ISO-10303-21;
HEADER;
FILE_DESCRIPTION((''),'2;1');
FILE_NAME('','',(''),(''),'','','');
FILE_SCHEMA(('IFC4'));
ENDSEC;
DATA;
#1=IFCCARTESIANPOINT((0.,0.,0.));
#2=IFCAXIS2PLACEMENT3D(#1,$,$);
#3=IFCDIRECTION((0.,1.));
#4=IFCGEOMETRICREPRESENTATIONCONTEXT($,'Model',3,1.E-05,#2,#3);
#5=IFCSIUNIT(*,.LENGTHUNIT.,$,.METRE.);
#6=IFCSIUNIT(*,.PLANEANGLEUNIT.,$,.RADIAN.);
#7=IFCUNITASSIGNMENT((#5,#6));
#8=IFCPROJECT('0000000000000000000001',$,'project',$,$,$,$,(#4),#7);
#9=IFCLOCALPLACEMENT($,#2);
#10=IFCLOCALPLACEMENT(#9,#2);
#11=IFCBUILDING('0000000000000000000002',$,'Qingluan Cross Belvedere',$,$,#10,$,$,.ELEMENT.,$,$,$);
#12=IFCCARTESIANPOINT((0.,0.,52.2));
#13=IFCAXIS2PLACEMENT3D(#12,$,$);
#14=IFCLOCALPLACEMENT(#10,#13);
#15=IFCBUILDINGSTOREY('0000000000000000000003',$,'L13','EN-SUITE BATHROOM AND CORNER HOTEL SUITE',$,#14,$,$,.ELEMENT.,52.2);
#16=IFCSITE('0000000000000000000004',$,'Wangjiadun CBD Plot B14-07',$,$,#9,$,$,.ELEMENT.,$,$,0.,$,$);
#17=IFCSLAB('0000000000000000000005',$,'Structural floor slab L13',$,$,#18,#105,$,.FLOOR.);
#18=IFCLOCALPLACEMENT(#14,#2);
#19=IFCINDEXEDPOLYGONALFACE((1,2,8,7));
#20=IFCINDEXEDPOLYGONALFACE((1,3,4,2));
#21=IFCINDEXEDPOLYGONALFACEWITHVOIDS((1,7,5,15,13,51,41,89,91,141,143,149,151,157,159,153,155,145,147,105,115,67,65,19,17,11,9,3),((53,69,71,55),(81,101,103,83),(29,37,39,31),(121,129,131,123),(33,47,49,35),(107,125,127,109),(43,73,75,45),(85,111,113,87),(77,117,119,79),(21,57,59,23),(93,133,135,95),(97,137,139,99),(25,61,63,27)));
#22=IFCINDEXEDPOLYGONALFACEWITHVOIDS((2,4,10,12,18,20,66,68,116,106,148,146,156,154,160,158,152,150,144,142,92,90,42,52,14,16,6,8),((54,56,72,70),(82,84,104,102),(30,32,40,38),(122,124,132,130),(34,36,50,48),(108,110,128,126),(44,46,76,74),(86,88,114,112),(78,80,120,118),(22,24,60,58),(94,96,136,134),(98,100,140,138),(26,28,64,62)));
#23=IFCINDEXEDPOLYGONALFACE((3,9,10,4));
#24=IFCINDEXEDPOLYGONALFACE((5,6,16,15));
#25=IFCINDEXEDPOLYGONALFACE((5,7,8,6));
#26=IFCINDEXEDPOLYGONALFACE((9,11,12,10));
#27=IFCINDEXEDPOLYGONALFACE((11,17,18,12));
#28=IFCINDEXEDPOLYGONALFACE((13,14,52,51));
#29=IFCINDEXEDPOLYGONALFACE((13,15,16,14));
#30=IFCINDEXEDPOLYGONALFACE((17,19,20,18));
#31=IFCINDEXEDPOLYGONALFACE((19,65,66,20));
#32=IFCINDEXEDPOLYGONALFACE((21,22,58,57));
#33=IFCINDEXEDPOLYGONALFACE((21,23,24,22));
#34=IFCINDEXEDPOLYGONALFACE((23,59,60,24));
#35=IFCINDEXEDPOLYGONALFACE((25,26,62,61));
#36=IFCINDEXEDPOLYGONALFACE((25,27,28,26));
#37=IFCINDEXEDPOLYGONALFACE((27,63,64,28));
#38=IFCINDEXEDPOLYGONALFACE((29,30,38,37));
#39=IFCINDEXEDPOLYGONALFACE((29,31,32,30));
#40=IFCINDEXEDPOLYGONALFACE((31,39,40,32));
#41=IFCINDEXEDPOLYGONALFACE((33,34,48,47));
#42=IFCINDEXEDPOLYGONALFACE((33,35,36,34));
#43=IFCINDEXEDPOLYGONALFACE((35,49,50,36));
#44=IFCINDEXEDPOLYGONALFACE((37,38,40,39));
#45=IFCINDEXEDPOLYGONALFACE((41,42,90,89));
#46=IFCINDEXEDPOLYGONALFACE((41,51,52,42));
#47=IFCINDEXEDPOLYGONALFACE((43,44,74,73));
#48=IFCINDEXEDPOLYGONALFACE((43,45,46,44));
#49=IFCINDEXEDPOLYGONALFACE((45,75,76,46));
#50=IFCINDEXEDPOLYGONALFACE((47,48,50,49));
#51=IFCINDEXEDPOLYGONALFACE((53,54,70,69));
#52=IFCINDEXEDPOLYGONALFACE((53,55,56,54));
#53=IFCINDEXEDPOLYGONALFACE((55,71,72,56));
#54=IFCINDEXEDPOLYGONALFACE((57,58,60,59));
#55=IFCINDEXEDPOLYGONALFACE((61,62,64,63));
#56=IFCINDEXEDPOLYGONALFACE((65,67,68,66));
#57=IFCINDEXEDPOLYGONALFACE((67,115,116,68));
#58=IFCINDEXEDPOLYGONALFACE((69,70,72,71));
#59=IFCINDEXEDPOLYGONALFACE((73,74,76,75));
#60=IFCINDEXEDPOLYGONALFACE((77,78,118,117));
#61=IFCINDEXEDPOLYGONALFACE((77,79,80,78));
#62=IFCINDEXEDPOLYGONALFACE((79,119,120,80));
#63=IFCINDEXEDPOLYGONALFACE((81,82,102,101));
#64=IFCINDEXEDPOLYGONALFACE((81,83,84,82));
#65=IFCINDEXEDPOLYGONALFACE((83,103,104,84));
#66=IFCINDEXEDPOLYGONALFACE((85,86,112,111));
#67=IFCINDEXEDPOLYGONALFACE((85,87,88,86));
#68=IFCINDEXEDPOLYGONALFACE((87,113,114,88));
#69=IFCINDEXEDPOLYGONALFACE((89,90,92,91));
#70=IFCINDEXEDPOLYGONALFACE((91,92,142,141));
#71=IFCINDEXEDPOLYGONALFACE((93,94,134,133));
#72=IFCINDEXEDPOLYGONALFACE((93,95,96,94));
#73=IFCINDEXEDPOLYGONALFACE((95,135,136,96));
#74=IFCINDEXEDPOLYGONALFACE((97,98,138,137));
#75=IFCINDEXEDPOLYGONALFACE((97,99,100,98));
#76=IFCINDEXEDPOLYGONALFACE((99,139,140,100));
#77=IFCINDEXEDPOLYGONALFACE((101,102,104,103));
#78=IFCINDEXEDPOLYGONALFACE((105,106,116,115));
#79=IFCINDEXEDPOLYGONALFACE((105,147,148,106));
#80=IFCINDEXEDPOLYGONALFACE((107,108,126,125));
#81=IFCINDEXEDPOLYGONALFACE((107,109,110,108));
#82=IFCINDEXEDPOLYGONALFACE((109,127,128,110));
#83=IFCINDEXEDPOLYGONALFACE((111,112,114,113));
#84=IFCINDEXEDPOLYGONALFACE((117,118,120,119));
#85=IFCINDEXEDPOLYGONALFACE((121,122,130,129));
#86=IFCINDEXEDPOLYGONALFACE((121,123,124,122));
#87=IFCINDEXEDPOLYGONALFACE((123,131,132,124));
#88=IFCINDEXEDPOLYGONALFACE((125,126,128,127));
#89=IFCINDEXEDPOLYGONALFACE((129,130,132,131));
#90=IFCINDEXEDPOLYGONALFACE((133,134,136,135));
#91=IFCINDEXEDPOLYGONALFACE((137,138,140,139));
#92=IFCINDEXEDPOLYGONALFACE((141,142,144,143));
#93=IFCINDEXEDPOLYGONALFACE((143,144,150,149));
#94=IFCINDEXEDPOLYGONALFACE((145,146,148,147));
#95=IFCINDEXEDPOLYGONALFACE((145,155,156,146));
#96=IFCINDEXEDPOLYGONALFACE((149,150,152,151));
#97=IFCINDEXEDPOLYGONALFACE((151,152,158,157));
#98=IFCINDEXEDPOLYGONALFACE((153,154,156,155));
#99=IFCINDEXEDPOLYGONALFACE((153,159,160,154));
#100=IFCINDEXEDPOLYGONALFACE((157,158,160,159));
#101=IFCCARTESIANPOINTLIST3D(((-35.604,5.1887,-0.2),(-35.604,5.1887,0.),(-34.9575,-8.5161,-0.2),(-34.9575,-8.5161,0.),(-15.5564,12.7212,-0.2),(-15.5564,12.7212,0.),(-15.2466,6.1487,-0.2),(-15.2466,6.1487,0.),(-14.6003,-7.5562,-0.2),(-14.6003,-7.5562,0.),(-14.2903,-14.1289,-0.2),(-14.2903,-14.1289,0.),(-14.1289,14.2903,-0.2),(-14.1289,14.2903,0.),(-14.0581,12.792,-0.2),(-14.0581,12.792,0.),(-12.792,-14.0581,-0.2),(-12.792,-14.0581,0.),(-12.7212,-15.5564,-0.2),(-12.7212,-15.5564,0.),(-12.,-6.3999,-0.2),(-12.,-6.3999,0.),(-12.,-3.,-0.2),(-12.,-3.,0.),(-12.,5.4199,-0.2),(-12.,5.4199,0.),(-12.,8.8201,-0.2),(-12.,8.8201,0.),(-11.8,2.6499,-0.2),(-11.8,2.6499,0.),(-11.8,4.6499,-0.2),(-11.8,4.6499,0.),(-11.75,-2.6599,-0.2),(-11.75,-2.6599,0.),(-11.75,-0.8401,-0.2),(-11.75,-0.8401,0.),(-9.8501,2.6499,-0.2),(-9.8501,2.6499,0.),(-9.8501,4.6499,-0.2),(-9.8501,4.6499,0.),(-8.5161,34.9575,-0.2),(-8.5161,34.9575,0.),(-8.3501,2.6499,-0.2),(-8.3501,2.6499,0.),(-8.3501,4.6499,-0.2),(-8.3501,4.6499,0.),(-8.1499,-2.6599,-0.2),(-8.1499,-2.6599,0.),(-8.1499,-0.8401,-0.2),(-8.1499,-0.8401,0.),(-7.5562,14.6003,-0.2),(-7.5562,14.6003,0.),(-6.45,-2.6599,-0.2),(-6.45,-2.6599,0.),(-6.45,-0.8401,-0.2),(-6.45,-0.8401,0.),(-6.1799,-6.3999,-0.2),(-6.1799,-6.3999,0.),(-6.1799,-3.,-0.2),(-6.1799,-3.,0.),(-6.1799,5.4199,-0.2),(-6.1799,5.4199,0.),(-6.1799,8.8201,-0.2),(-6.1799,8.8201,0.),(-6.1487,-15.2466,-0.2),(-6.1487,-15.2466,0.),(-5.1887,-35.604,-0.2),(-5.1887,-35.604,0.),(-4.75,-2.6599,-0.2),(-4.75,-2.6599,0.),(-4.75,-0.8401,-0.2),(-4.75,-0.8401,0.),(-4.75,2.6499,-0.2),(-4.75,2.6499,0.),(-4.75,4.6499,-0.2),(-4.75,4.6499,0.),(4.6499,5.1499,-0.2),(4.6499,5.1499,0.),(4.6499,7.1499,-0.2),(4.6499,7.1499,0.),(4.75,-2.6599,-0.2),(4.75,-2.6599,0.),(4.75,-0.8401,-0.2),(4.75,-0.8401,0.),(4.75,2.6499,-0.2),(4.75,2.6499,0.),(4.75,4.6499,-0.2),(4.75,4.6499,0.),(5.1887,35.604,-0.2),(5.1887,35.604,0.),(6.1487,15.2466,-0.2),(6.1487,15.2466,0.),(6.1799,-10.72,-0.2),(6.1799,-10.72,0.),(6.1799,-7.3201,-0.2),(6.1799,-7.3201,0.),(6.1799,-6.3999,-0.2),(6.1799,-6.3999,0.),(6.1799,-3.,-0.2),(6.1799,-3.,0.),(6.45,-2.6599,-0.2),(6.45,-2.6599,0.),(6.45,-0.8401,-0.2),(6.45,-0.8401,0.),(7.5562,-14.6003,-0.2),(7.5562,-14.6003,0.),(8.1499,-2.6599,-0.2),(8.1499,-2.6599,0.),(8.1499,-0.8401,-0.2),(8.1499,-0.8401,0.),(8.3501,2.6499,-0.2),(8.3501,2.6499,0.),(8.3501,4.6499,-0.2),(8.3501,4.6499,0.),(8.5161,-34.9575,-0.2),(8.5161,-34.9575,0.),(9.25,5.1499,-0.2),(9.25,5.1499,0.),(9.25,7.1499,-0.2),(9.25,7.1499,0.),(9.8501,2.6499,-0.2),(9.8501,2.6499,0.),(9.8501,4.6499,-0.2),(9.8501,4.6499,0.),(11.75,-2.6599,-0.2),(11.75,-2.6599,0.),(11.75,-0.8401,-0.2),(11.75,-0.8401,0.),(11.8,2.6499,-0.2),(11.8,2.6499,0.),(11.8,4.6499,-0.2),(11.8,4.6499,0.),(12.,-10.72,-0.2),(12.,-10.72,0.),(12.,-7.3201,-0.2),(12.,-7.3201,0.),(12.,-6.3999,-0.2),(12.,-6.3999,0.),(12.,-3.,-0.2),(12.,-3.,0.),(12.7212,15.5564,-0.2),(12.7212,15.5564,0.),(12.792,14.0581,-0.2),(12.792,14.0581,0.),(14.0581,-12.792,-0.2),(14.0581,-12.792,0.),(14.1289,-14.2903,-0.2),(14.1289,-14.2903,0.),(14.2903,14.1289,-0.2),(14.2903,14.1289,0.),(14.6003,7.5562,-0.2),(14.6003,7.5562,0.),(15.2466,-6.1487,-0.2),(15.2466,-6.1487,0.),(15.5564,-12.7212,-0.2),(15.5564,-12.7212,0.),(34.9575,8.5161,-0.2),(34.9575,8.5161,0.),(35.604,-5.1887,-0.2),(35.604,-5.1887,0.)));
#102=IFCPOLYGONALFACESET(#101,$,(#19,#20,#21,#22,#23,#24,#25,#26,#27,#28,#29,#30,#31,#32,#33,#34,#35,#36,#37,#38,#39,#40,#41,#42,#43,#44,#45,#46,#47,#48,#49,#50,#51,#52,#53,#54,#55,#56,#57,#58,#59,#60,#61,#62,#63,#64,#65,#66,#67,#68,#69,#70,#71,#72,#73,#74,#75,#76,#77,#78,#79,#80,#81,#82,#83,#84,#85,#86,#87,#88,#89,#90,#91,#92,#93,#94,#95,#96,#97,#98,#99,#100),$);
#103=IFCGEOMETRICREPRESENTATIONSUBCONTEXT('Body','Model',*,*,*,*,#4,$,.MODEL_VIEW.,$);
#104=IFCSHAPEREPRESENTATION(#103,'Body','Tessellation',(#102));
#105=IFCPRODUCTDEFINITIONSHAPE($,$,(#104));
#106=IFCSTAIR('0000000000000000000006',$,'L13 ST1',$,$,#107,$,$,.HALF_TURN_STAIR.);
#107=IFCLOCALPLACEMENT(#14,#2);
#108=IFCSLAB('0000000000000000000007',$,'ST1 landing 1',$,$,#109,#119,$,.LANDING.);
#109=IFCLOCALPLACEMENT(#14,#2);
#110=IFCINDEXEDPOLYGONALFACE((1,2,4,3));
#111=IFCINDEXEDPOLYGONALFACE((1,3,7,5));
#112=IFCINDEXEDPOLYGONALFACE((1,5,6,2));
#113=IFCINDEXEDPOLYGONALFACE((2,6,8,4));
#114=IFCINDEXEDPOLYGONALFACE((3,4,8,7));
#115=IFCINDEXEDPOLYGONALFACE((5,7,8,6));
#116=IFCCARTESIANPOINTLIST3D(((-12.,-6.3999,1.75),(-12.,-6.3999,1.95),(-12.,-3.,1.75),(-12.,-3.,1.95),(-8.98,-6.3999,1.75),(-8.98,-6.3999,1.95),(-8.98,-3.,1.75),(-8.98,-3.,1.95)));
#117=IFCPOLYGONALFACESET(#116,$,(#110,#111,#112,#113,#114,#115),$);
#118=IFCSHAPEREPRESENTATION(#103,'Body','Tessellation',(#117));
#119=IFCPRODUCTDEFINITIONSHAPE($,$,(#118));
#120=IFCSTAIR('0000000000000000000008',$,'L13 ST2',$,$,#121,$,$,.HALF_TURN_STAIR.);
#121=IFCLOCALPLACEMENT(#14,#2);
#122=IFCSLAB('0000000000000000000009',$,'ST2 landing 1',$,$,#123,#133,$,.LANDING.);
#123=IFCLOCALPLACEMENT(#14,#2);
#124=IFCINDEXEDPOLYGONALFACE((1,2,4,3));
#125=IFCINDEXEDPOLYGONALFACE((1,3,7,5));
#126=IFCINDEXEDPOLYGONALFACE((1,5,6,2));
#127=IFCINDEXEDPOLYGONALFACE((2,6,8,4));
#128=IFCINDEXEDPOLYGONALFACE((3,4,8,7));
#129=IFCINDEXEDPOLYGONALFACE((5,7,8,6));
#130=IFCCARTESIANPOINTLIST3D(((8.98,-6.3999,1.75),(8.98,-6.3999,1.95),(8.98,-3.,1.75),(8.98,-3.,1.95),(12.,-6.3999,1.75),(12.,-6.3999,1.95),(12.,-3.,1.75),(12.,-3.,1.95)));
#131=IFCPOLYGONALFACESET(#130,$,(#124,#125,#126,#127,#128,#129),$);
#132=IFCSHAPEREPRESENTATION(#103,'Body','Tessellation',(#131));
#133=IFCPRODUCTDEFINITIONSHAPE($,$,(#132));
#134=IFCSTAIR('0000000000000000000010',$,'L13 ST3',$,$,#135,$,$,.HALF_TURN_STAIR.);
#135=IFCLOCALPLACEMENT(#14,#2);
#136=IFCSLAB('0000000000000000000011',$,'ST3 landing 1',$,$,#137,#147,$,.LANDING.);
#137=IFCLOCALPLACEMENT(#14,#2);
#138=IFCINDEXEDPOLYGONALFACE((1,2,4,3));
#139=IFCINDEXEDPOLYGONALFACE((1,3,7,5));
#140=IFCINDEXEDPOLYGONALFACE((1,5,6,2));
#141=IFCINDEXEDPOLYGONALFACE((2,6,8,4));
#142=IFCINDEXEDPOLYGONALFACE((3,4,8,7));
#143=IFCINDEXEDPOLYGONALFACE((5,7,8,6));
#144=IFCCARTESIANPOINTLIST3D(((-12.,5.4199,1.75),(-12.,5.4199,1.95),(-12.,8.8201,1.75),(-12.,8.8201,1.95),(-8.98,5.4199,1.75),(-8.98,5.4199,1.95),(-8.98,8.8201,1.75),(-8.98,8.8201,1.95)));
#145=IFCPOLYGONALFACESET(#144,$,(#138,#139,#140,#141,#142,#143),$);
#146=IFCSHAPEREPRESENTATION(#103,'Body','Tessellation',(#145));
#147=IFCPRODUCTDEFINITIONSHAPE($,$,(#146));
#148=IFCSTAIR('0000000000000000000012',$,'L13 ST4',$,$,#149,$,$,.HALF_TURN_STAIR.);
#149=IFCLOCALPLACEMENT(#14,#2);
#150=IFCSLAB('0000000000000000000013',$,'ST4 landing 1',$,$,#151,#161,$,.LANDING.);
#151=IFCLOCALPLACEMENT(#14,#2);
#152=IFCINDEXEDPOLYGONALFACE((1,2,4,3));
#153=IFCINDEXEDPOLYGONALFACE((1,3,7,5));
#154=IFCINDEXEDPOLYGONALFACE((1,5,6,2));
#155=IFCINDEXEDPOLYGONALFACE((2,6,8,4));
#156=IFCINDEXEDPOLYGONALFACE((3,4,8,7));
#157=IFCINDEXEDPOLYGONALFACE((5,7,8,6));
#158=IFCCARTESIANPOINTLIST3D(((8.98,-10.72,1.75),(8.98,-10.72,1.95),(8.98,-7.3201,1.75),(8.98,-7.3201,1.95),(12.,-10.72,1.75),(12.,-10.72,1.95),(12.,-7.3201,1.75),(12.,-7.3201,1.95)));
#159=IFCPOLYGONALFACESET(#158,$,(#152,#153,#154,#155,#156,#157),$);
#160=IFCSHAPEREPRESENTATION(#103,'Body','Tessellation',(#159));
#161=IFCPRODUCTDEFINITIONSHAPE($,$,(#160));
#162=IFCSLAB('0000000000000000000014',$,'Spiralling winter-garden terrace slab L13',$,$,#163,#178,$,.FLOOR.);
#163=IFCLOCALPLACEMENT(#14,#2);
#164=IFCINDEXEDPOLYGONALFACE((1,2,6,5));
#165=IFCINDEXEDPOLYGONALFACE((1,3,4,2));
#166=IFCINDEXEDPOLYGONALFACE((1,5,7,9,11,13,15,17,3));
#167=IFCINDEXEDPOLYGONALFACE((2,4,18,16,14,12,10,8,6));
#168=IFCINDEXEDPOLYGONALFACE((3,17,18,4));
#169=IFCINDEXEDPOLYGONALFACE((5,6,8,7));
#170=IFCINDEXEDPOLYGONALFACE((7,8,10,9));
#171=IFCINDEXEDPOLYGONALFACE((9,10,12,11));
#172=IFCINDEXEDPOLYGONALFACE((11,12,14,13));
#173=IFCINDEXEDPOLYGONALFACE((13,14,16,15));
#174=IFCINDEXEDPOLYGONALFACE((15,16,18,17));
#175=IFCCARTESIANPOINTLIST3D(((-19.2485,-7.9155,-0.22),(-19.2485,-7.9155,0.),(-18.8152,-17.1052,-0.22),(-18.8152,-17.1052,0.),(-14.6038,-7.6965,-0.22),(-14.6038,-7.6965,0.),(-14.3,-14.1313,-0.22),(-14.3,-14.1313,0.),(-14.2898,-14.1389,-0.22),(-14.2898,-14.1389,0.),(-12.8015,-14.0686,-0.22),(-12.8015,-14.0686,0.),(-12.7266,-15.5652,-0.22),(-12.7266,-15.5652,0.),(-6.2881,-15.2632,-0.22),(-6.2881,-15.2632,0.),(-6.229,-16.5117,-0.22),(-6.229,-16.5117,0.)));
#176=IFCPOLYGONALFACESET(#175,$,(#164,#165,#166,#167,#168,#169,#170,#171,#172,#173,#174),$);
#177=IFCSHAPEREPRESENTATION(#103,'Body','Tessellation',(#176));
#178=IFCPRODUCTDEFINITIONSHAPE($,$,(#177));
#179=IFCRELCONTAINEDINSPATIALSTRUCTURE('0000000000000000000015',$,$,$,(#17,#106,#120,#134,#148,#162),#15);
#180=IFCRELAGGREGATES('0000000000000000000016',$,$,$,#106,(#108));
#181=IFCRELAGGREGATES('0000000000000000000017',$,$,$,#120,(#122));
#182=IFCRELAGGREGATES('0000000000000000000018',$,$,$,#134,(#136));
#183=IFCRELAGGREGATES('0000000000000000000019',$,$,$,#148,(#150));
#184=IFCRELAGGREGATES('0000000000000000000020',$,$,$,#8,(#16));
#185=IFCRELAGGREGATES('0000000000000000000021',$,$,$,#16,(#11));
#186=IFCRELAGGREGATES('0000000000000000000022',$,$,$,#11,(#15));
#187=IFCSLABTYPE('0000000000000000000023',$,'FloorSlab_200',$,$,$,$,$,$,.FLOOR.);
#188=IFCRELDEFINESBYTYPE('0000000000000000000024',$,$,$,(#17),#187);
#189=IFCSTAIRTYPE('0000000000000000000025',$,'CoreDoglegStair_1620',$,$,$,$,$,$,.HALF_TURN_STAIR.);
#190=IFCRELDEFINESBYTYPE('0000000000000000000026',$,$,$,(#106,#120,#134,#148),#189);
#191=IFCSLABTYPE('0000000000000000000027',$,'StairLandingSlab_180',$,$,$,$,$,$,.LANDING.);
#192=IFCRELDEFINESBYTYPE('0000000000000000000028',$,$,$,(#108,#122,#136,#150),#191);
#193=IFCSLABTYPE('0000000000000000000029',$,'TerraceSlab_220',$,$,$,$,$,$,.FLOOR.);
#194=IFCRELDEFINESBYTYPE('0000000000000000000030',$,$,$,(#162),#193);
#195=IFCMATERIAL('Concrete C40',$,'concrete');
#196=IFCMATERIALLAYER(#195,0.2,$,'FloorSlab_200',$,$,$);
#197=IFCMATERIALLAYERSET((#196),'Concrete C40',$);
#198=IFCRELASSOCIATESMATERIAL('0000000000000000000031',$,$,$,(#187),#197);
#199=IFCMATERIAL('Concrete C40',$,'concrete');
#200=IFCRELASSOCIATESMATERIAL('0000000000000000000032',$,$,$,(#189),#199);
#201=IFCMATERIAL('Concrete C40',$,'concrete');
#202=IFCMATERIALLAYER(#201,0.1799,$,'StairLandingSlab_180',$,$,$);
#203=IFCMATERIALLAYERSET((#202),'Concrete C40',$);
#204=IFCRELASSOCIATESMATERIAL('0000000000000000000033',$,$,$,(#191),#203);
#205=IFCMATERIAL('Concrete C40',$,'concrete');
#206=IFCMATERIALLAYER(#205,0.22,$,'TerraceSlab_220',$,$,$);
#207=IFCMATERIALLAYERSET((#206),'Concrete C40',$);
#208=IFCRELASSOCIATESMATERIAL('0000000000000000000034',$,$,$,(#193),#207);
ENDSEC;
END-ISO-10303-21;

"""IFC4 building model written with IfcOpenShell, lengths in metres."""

from ifc_helpers import new_model, si_unit, direction, frame, origin, place, context, subcontext, project, spatial, polyline, outline, extrude, material, layer, layer_set, type_object, element, aggregate, save


model = new_model("IFC4")

# Units and contexts
model_context = context("Model", 3, precision=1e-05, world=origin(), true_north=direction((0.0, 1.0)))
body_context = subcontext(model_context, "Body", "Model", "MODEL_VIEW")
ifc_project = project(units=[si_unit("LENGTHUNIT", "METRE"), si_unit("PLANEANGLEUNIT", "RADIAN")], contexts=[model_context])

# Site, building, storey
site_placement = place(None, origin())
site = spatial("IfcSite", under=ifc_project, at=site_placement, Name="Wangjiadun CBD Plot B14-07", CompositionType="ELEMENT", RefElevation=0.0)
building_placement = place(site_placement, origin())
building = spatial("IfcBuilding", under=site, at=building_placement, Name="Qingluan Cross Belvedere", CompositionType="ELEMENT")
storey_placement = place(building_placement, frame((0.0, 0.0, 52.2)))
storey = spatial("IfcBuildingStorey", under=building, at=storey_placement, Name="L13", Description="EN-SUITE BATHROOM AND CORNER HOTEL SUITE", CompositionType="ELEMENT", Elevation=52.2)

# Slab
ifc_material_1 = material(Name="Concrete C40", Category="concrete")
ifc_layer_1 = layer(ifc_material_1, 0.2, Name="FloorSlab_200")
ifc_layer_set_1 = layer_set([ifc_layer_1], Name="Concrete C40")
slab_type_1 = type_object("IfcSlabType", Name="FloorSlab_200", PredefinedType="FLOOR", material=ifc_layer_set_1)
slab_1_placement = place(storey_placement, frame((0.0, 0.0, -0.2)))
element("IfcSlab", 1, at=slab_1_placement, inside=storey, type_object=slab_type_1, Name="Structural floor slab L13", PredefinedType="FLOOR", context=body_context, shape_type="SweptSolid", body=[
    extrude(outline(polyline([(8.5161, -34.9575), (7.5562, -14.6003), (14.1289, -14.2903), (14.0581, -12.792), (15.5564, -12.7212), (15.2466, -6.1487), (35.604, -5.1887), (34.9575, 8.5161), (14.6003, 7.5562), (14.2903, 14.1289), (12.792, 14.0581), (12.7212, 15.5564), (6.1487, 15.2466), (5.1887, 35.604), (-8.5161, 34.9575), (-7.5562, 14.6003), (-14.1289, 14.2903), (-14.0581, 12.792), (-15.5564, 12.7212), (-15.2466, 6.1487), (-35.604, 5.1887), (-34.9575, -8.5161), (-14.6003, -7.5562), (-14.2903, -14.1289), (-12.792, -14.0581), (-12.7212, -15.5564), (-6.1487, -15.2466), (-5.1887, -35.604), (8.5161, -34.9575)]), holes=[polyline([(-12.0, -3.0), (-6.1799, -3.0), (-6.1799, -6.3999), (-12.0, -6.3999), (-12.0, -3.0)]), polyline([(6.1799, -3.0), (12.0, -3.0), (12.0, -6.3999), (6.1799, -6.3999), (6.1799, -3.0)]), polyline([(-12.0, 8.8201), (-6.1799, 8.8201), (-6.1799, 5.4199), (-12.0, 5.4199), (-12.0, 8.8201)]), polyline([(6.1799, -7.3201), (12.0, -7.3201), (12.0, -10.72), (6.1799, -10.72), (6.1799, -7.3201)]), polyline([(-11.8, 4.6499), (-9.8501, 4.6499), (-9.8501, 2.6499), (-11.8, 2.6499), (-11.8, 4.6499)]), polyline([(-8.3501, 4.6499), (-4.75, 4.6499), (-4.75, 2.6499), (-8.3501, 2.6499), (-8.3501, 4.6499)]), polyline([(4.75, 4.6499), (8.3501, 4.6499), (8.3501, 2.6499), (4.75, 2.6499), (4.75, 4.6499)]), polyline([(9.8501, 4.6499), (11.8, 4.6499), (11.8, 2.6499), (9.8501, 2.6499), (9.8501, 4.6499)]), polyline([(-11.75, -0.8401), (-8.1499, -0.8401), (-8.1499, -2.6599), (-11.75, -2.6599), (-11.75, -0.8401)]), polyline([(-6.45, -0.8401), (-4.75, -0.8401), (-4.75, -2.6599), (-6.45, -2.6599), (-6.45, -0.8401)]), polyline([(4.75, -0.8401), (6.45, -0.8401), (6.45, -2.6599), (4.75, -2.6599), (4.75, -0.8401)]), polyline([(8.1499, -0.8401), (11.75, -0.8401), (11.75, -2.6599), (8.1499, -2.6599), (8.1499, -0.8401)]), polyline([(4.6499, 7.1499), (9.25, 7.1499), (9.25, 5.1499), (4.6499, 5.1499), (4.6499, 7.1499)])]), origin(), (0.0, 0.0, 1.0), 0.2),
])

# Stairs, slabs
ifc_material_2 = material(Name="Concrete C40", Category="concrete")
stair_type = type_object("IfcStairType", Name="CoreDoglegStair_1620", PredefinedType="HALF_TURN_STAIR", material=ifc_material_2)
stair_1_placement = place(storey_placement, origin())
stair_1 = element("IfcStair", 2, at=stair_1_placement, inside=storey, type_object=stair_type, Name="L13 ST1", PredefinedType="HALF_TURN_STAIR")
ifc_material_3 = material(Name="Concrete C40", Category="concrete")
ifc_layer_2 = layer(ifc_material_3, 0.1799, Name="StairLandingSlab_180")
ifc_layer_set_2 = layer_set([ifc_layer_2], Name="Concrete C40")
slab_type_2 = type_object("IfcSlabType", Name="StairLandingSlab_180", PredefinedType="LANDING", material=ifc_layer_set_2)
slab_2_placement = place(storey_placement, frame((0.0, 0.0, 1.75)))
slab_2 = element("IfcSlab", 3, at=slab_2_placement, type_object=slab_type_2, Name="ST1 landing 1", PredefinedType="LANDING", context=body_context, shape_type="SweptSolid", body=[
    extrude(outline(polyline([(-8.98, -3.0), (-12.0, -3.0), (-12.0, -6.3999), (-8.98, -6.3999), (-8.98, -3.0)])), origin(), (0.0, 0.0, 1.0), 0.2),
])
aggregate(stair_1, [slab_2])
stair_2_placement = place(storey_placement, origin())
stair_2 = element("IfcStair", 4, at=stair_2_placement, inside=storey, type_object=stair_type, Name="L13 ST2", PredefinedType="HALF_TURN_STAIR")
slab_3_placement = place(storey_placement, frame((0.0, 0.0, 1.75)))
slab_3 = element("IfcSlab", 5, at=slab_3_placement, type_object=slab_type_2, Name="ST2 landing 1", PredefinedType="LANDING", context=body_context, shape_type="SweptSolid", body=[
    extrude(outline(polyline([(8.98, -6.3999), (12.0, -6.3999), (12.0, -3.0), (8.98, -3.0), (8.98, -6.3999)])), origin(), (0.0, 0.0, 1.0), 0.2),
])
aggregate(stair_2, [slab_3])
stair_3_placement = place(storey_placement, origin())
stair_3 = element("IfcStair", 6, at=stair_3_placement, inside=storey, type_object=stair_type, Name="L13 ST3", PredefinedType="HALF_TURN_STAIR")
slab_4_placement = place(storey_placement, frame((0.0, 0.0, 1.75)))
slab_4 = element("IfcSlab", 7, at=slab_4_placement, type_object=slab_type_2, Name="ST3 landing 1", PredefinedType="LANDING", context=body_context, shape_type="SweptSolid", body=[
    extrude(outline(polyline([(-8.98, 8.8201), (-12.0, 8.8201), (-12.0, 5.4199), (-8.98, 5.4199), (-8.98, 8.8201)])), origin(), (0.0, 0.0, 1.0), 0.2),
])
aggregate(stair_3, [slab_4])
stair_4_placement = place(storey_placement, origin())
stair_4 = element("IfcStair", 8, at=stair_4_placement, inside=storey, type_object=stair_type, Name="L13 ST4", PredefinedType="HALF_TURN_STAIR")
slab_5_placement = place(storey_placement, frame((0.0, 0.0, 1.75)))
slab_5 = element("IfcSlab", 9, at=slab_5_placement, type_object=slab_type_2, Name="ST4 landing 1", PredefinedType="LANDING", context=body_context, shape_type="SweptSolid", body=[
    extrude(outline(polyline([(8.98, -10.72), (12.0, -10.72), (12.0, -7.3201), (8.98, -7.3201), (8.98, -10.72)])), origin(), (0.0, 0.0, 1.0), 0.2),
])
aggregate(stair_4, [slab_5])

# Slab
ifc_material_4 = material(Name="Concrete C40", Category="concrete")
ifc_layer_3 = layer(ifc_material_4, 0.22, Name="TerraceSlab_220")
ifc_layer_set_3 = layer_set([ifc_layer_3], Name="Concrete C40")
slab_type_3 = type_object("IfcSlabType", Name="TerraceSlab_220", PredefinedType="FLOOR", material=ifc_layer_set_3)
slab_6_placement = place(storey_placement, frame((0.0, 0.0, -0.22)))
element("IfcSlab", 10, at=slab_6_placement, inside=storey, type_object=slab_type_3, Name="Spiralling winter-garden terrace slab L13", PredefinedType="FLOOR", context=body_context, shape_type="SweptSolid", body=[
    extrude(outline(polyline([(-6.2881, -15.2632), (-12.7266, -15.5652), (-12.8015, -14.0686), (-14.2898, -14.1389), (-14.3, -14.1313), (-14.6038, -7.6965), (-19.2485, -7.9155), (-18.8152, -17.1052), (-6.229, -16.5117), (-6.2881, -15.2632)])), origin(), (0.0, 0.0, 1.0), 0.22),
])

save(model, "model.ifc")
